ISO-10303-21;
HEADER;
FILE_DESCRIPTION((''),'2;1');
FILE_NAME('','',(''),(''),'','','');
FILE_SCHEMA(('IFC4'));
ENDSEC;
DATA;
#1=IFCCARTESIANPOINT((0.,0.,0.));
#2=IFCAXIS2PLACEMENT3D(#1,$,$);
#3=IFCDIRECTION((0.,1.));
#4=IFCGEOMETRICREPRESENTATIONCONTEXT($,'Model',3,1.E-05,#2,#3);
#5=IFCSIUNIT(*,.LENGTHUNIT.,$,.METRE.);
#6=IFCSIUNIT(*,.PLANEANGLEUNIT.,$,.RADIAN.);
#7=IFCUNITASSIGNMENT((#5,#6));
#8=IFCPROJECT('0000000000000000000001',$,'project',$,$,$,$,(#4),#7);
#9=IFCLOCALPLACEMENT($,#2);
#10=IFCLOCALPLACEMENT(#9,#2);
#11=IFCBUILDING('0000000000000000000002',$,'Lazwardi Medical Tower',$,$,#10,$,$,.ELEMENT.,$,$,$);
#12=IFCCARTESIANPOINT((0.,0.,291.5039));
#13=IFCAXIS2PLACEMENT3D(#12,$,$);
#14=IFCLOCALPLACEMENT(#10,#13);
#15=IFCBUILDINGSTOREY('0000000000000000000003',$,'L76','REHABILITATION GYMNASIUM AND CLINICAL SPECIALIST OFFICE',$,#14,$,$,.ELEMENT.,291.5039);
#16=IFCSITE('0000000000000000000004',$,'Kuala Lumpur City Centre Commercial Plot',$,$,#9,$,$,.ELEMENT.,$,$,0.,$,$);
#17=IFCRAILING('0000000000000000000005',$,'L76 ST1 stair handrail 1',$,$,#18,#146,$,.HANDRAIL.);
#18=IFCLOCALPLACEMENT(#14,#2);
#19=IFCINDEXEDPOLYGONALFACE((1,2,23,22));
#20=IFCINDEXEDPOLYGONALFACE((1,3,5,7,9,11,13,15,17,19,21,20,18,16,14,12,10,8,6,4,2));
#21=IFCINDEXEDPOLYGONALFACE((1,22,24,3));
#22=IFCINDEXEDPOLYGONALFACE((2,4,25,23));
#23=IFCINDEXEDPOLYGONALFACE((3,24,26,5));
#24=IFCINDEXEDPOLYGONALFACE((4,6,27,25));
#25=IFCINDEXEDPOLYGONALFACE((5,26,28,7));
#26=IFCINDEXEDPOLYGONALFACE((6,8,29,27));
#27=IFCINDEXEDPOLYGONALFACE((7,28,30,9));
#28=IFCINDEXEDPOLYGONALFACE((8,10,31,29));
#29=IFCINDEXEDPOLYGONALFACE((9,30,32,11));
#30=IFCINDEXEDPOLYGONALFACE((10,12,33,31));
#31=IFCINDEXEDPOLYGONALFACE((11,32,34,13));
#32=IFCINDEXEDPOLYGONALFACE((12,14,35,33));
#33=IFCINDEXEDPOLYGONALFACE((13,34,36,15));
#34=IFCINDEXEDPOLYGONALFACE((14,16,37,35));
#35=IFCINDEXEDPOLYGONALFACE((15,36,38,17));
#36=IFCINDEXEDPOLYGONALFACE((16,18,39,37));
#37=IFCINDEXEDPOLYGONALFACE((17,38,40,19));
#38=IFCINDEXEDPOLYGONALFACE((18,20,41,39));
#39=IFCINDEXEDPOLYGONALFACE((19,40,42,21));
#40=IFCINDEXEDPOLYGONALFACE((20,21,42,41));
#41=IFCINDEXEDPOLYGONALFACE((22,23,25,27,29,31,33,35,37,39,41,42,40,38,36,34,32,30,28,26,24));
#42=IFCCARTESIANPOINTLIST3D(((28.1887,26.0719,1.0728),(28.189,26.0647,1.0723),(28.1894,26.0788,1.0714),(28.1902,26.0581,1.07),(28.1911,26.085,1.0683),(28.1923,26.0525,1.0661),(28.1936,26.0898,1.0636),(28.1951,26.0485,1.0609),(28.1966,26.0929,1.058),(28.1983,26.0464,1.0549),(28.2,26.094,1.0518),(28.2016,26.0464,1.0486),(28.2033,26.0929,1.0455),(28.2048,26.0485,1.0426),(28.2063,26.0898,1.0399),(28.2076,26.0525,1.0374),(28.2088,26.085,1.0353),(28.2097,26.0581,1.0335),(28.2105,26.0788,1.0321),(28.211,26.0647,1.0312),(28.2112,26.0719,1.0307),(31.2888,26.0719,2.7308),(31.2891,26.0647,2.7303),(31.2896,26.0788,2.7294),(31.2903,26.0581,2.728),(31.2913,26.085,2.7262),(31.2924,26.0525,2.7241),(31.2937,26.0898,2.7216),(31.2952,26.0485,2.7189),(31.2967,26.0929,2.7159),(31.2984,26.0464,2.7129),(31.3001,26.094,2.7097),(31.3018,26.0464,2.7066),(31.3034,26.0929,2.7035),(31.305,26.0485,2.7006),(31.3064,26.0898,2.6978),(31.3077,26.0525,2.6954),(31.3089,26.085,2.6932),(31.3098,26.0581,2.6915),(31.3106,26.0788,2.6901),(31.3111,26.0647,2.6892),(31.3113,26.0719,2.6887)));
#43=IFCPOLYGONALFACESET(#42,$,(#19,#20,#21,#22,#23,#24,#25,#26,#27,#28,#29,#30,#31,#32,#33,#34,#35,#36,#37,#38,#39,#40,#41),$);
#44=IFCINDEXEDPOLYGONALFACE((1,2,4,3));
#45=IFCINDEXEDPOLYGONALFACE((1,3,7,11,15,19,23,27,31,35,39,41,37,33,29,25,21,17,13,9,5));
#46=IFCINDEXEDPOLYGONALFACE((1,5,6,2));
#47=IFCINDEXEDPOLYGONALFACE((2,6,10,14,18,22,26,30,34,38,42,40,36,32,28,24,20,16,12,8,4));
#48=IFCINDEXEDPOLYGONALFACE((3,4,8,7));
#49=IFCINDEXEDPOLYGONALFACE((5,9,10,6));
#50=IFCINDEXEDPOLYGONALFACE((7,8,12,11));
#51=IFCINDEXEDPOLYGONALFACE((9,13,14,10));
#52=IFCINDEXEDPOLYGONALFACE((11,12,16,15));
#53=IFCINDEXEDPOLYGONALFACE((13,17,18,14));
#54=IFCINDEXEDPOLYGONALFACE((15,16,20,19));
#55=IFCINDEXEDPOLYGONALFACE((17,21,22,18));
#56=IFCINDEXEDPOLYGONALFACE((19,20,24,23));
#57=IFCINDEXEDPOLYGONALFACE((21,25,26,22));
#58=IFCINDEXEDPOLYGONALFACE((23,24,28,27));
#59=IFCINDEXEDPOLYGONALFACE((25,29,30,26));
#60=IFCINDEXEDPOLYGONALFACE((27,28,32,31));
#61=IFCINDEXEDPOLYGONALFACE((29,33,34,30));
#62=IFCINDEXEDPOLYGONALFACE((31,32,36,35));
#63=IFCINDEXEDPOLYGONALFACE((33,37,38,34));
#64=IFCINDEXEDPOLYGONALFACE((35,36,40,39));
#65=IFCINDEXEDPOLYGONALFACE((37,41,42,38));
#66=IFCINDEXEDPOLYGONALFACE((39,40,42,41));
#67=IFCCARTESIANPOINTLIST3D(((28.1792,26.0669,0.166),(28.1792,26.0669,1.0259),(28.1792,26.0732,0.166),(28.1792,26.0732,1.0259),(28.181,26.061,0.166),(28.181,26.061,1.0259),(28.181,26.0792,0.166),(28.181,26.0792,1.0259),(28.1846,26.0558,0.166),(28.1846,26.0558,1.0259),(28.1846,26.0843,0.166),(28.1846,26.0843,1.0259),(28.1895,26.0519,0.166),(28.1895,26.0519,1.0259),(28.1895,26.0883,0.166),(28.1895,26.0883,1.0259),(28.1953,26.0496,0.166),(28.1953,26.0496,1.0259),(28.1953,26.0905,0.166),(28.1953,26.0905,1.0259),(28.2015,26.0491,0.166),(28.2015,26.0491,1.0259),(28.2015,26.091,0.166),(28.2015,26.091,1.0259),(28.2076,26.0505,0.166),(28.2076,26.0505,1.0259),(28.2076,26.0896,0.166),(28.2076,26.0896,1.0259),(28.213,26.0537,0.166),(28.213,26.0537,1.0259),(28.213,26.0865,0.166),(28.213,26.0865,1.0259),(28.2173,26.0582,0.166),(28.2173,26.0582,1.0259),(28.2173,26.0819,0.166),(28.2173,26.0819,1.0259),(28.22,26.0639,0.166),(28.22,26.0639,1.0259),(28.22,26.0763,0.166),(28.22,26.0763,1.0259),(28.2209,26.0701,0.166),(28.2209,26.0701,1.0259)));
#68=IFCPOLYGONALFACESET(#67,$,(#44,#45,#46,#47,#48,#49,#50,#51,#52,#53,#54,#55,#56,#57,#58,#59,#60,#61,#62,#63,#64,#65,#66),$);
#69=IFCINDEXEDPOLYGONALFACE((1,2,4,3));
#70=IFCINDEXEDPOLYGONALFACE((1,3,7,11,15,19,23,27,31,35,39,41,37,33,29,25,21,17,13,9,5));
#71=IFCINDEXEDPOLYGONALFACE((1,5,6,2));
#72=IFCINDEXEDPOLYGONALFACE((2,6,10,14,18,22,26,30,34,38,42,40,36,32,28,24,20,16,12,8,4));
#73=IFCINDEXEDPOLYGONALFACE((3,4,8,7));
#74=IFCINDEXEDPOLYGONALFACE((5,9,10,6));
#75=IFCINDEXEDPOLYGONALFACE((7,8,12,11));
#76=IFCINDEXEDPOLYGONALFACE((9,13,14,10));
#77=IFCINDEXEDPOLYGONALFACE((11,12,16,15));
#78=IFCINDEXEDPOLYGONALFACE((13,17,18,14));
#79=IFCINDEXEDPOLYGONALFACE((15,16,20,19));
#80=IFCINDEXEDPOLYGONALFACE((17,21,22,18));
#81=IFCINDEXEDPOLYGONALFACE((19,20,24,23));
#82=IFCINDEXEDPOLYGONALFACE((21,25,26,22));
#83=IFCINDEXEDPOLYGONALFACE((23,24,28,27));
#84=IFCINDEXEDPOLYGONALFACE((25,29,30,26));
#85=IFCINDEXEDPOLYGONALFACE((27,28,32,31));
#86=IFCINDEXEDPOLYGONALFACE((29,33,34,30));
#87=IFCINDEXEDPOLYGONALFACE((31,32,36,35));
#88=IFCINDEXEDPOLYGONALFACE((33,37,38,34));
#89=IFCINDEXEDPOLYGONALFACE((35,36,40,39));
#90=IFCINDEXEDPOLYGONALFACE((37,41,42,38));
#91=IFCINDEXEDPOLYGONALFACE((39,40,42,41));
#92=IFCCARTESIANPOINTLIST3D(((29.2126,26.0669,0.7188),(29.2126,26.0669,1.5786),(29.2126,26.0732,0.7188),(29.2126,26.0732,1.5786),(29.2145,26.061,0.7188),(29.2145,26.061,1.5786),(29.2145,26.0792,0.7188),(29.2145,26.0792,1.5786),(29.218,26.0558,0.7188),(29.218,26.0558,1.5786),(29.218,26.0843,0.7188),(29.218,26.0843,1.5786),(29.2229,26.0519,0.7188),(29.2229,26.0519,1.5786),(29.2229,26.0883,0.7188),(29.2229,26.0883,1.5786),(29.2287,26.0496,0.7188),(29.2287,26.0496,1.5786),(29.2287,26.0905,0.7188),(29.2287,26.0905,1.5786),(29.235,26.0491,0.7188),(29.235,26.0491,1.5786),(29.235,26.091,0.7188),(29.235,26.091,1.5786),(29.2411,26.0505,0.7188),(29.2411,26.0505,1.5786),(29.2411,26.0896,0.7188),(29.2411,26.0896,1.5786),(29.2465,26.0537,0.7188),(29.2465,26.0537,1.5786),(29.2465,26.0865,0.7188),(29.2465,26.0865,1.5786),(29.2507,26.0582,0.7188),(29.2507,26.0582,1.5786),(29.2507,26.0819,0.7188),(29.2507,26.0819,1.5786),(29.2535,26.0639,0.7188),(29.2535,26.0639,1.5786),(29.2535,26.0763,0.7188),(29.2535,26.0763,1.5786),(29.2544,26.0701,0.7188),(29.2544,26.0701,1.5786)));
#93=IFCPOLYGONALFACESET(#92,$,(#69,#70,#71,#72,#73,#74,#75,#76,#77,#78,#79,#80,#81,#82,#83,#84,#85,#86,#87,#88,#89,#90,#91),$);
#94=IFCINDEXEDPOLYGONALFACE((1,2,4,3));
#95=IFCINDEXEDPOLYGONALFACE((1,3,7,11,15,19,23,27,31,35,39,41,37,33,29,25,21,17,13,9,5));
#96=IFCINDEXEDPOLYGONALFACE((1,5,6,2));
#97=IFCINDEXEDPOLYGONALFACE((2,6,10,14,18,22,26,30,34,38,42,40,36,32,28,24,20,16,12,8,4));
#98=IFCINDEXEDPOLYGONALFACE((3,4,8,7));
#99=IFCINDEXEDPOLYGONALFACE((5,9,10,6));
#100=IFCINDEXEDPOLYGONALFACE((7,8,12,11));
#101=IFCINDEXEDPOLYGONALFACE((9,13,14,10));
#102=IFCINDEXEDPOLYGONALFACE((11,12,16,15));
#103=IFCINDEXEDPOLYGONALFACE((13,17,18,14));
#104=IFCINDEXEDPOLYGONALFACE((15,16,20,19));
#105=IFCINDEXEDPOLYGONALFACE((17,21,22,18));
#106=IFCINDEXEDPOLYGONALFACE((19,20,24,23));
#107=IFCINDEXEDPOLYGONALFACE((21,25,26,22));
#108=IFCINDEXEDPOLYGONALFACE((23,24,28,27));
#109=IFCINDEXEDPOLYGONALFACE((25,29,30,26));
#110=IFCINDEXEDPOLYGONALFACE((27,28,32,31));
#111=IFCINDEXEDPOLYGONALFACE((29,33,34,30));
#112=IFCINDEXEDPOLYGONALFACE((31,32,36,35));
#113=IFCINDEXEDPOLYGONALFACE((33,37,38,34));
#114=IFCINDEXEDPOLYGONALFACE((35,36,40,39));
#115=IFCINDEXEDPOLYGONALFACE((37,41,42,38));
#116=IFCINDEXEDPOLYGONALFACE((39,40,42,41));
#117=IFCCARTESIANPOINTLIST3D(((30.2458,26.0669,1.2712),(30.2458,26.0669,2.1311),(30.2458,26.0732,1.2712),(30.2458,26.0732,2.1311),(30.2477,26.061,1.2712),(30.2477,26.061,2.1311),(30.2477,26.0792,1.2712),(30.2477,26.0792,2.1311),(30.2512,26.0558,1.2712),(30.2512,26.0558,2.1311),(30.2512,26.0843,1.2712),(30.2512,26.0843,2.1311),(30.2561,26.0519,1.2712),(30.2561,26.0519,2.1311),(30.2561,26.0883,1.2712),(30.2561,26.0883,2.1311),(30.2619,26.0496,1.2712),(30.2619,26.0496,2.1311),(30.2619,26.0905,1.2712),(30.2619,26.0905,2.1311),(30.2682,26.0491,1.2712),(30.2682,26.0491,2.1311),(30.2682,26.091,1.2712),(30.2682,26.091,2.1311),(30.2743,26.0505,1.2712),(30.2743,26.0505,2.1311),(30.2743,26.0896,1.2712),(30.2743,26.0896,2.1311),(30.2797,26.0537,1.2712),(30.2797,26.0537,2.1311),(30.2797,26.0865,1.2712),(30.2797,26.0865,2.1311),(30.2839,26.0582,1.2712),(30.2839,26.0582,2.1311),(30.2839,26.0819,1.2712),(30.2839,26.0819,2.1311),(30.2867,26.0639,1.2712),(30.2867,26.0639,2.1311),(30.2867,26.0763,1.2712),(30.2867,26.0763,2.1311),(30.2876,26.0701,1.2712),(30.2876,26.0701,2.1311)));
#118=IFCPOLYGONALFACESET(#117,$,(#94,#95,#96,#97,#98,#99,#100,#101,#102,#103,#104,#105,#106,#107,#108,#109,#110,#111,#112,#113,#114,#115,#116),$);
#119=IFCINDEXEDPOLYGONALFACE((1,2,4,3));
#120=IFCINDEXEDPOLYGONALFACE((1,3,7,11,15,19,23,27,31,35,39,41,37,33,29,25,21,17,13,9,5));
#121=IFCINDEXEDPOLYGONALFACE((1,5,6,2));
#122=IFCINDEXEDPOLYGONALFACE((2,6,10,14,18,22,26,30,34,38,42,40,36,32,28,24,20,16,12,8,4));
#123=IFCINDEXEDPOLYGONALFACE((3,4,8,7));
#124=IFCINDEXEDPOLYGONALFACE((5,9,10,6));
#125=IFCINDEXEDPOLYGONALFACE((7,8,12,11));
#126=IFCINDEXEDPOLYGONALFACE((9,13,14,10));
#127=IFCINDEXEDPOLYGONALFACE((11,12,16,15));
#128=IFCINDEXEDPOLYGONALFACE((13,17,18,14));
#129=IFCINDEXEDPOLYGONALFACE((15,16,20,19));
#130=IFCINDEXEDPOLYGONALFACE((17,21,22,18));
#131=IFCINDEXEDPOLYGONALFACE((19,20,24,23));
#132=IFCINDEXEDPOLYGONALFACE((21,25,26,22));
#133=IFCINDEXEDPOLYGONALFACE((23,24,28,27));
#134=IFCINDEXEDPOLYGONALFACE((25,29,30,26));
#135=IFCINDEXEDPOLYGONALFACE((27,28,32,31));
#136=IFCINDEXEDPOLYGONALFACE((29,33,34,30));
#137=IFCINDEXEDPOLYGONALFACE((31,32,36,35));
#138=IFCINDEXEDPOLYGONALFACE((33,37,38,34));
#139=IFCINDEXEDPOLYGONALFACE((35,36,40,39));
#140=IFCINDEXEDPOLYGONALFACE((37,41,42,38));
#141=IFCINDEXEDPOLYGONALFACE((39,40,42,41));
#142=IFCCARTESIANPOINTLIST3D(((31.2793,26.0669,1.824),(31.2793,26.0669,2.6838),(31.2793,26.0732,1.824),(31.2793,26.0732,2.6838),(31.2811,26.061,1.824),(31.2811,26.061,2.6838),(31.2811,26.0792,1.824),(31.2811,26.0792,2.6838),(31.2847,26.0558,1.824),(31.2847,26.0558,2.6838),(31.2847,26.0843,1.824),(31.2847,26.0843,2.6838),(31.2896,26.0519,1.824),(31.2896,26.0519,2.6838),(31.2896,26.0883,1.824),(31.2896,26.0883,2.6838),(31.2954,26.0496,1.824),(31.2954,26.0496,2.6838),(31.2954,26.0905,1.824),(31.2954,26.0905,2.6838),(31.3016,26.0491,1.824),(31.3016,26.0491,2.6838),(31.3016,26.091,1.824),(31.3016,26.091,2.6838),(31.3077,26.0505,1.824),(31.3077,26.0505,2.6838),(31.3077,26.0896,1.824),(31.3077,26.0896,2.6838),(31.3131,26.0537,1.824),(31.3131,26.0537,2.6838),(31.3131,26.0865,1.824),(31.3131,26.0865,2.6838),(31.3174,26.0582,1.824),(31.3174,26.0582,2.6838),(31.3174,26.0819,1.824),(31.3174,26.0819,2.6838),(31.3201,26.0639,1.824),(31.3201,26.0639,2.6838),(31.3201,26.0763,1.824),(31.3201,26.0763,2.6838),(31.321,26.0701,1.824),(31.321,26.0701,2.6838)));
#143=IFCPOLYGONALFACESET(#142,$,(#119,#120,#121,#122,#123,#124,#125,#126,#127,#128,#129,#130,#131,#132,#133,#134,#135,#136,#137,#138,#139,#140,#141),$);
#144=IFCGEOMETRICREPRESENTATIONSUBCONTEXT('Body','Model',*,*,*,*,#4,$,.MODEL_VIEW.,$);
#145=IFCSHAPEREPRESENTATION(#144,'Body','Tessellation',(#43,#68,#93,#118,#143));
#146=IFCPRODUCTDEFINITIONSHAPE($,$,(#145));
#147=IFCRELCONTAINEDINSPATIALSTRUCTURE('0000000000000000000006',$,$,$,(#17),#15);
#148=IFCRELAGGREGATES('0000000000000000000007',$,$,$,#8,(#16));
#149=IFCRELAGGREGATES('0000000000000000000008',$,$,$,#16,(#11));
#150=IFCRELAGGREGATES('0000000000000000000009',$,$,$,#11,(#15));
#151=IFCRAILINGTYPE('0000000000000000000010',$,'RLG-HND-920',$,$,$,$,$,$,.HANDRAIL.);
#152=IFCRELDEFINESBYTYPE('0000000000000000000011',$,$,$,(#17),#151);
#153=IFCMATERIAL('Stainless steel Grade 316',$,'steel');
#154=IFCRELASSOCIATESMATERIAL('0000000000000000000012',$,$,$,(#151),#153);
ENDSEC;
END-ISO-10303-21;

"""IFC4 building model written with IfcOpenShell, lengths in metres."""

from ifc_helpers import new_model, si_unit, direction, frame, origin, origin_2d, place, context, subcontext, project, spatial, circle, extrude, material, type_object, element, save


model = new_model("IFC4")

# Units and contexts
model_context = context("Model", 3, precision=1e-05, world=origin(), true_north=direction((0.0, 1.0)))
body_context = subcontext(model_context, "Body", "Model", "MODEL_VIEW")
ifc_project = project(units=[si_unit("LENGTHUNIT", "METRE"), si_unit("PLANEANGLEUNIT", "RADIAN")], contexts=[model_context])

# Site, building, storey
site_placement = place(None, origin())
site = spatial("IfcSite", under=ifc_project, at=site_placement, Name="Kuala Lumpur City Centre Commercial Plot", CompositionType="ELEMENT", RefElevation=0.0)
building_placement = place(site_placement, origin())
building = spatial("IfcBuilding", under=site, at=building_placement, Name="Lazwardi Medical Tower", CompositionType="ELEMENT")
storey_placement = place(building_placement, frame((0.0, 0.0, 291.5039)))
storey = spatial("IfcBuildingStorey", under=building, at=storey_placement, Name="L76", Description="REHABILITATION GYMNASIUM AND CLINICAL SPECIALIST OFFICE", CompositionType="ELEMENT", Elevation=291.5039)

# Railing
ifc_material_1 = material(Name="Stainless steel Grade 316", Category="steel")
railing_type_1 = type_object("IfcRailingType", Name="RLG-HND-920", PredefinedType="HANDRAIL", material=ifc_material_1)
railing_1_placement = place(storey_placement, frame((28.2, 26.0701, 0.166)))
element("IfcRailing", 1, at=railing_1_placement, inside=storey, type_object=railing_type_1, Name="L76 ST1 stair handrail 1", PredefinedType="HANDRAIL", context=body_context, shape_type="SweptSolid", body=[
    extrude(circle(Radius=0.0239, at=origin_2d()), frame((0.0, 0.0, 0.8857), z_axis=(0.881812, 0.0, 0.471601), x_axis=(0.0, 1.0, 0.0)), (0.0, 0.0, 1.0), 3.5156),
    extrude(circle(Radius=0.021, at=origin_2d()), origin(), (0.0, 0.0, 1.0), 0.8599),
    extrude(circle(Radius=0.021, at=origin_2d()), frame((1.0334, 0.0, 0.5527)), (0.0, 0.0, 1.0), 0.8599),
    extrude(circle(Radius=0.021, at=origin_2d()), frame((2.0667, 0.0, 1.1052)), (0.0, 0.0, 1.0), 0.8599),
    extrude(circle(Radius=0.021, at=origin_2d()), frame((3.1001, 0.0, 1.658)), (0.0, 0.0, 1.0), 0.8599),
])

save(model, "model.ifc")
